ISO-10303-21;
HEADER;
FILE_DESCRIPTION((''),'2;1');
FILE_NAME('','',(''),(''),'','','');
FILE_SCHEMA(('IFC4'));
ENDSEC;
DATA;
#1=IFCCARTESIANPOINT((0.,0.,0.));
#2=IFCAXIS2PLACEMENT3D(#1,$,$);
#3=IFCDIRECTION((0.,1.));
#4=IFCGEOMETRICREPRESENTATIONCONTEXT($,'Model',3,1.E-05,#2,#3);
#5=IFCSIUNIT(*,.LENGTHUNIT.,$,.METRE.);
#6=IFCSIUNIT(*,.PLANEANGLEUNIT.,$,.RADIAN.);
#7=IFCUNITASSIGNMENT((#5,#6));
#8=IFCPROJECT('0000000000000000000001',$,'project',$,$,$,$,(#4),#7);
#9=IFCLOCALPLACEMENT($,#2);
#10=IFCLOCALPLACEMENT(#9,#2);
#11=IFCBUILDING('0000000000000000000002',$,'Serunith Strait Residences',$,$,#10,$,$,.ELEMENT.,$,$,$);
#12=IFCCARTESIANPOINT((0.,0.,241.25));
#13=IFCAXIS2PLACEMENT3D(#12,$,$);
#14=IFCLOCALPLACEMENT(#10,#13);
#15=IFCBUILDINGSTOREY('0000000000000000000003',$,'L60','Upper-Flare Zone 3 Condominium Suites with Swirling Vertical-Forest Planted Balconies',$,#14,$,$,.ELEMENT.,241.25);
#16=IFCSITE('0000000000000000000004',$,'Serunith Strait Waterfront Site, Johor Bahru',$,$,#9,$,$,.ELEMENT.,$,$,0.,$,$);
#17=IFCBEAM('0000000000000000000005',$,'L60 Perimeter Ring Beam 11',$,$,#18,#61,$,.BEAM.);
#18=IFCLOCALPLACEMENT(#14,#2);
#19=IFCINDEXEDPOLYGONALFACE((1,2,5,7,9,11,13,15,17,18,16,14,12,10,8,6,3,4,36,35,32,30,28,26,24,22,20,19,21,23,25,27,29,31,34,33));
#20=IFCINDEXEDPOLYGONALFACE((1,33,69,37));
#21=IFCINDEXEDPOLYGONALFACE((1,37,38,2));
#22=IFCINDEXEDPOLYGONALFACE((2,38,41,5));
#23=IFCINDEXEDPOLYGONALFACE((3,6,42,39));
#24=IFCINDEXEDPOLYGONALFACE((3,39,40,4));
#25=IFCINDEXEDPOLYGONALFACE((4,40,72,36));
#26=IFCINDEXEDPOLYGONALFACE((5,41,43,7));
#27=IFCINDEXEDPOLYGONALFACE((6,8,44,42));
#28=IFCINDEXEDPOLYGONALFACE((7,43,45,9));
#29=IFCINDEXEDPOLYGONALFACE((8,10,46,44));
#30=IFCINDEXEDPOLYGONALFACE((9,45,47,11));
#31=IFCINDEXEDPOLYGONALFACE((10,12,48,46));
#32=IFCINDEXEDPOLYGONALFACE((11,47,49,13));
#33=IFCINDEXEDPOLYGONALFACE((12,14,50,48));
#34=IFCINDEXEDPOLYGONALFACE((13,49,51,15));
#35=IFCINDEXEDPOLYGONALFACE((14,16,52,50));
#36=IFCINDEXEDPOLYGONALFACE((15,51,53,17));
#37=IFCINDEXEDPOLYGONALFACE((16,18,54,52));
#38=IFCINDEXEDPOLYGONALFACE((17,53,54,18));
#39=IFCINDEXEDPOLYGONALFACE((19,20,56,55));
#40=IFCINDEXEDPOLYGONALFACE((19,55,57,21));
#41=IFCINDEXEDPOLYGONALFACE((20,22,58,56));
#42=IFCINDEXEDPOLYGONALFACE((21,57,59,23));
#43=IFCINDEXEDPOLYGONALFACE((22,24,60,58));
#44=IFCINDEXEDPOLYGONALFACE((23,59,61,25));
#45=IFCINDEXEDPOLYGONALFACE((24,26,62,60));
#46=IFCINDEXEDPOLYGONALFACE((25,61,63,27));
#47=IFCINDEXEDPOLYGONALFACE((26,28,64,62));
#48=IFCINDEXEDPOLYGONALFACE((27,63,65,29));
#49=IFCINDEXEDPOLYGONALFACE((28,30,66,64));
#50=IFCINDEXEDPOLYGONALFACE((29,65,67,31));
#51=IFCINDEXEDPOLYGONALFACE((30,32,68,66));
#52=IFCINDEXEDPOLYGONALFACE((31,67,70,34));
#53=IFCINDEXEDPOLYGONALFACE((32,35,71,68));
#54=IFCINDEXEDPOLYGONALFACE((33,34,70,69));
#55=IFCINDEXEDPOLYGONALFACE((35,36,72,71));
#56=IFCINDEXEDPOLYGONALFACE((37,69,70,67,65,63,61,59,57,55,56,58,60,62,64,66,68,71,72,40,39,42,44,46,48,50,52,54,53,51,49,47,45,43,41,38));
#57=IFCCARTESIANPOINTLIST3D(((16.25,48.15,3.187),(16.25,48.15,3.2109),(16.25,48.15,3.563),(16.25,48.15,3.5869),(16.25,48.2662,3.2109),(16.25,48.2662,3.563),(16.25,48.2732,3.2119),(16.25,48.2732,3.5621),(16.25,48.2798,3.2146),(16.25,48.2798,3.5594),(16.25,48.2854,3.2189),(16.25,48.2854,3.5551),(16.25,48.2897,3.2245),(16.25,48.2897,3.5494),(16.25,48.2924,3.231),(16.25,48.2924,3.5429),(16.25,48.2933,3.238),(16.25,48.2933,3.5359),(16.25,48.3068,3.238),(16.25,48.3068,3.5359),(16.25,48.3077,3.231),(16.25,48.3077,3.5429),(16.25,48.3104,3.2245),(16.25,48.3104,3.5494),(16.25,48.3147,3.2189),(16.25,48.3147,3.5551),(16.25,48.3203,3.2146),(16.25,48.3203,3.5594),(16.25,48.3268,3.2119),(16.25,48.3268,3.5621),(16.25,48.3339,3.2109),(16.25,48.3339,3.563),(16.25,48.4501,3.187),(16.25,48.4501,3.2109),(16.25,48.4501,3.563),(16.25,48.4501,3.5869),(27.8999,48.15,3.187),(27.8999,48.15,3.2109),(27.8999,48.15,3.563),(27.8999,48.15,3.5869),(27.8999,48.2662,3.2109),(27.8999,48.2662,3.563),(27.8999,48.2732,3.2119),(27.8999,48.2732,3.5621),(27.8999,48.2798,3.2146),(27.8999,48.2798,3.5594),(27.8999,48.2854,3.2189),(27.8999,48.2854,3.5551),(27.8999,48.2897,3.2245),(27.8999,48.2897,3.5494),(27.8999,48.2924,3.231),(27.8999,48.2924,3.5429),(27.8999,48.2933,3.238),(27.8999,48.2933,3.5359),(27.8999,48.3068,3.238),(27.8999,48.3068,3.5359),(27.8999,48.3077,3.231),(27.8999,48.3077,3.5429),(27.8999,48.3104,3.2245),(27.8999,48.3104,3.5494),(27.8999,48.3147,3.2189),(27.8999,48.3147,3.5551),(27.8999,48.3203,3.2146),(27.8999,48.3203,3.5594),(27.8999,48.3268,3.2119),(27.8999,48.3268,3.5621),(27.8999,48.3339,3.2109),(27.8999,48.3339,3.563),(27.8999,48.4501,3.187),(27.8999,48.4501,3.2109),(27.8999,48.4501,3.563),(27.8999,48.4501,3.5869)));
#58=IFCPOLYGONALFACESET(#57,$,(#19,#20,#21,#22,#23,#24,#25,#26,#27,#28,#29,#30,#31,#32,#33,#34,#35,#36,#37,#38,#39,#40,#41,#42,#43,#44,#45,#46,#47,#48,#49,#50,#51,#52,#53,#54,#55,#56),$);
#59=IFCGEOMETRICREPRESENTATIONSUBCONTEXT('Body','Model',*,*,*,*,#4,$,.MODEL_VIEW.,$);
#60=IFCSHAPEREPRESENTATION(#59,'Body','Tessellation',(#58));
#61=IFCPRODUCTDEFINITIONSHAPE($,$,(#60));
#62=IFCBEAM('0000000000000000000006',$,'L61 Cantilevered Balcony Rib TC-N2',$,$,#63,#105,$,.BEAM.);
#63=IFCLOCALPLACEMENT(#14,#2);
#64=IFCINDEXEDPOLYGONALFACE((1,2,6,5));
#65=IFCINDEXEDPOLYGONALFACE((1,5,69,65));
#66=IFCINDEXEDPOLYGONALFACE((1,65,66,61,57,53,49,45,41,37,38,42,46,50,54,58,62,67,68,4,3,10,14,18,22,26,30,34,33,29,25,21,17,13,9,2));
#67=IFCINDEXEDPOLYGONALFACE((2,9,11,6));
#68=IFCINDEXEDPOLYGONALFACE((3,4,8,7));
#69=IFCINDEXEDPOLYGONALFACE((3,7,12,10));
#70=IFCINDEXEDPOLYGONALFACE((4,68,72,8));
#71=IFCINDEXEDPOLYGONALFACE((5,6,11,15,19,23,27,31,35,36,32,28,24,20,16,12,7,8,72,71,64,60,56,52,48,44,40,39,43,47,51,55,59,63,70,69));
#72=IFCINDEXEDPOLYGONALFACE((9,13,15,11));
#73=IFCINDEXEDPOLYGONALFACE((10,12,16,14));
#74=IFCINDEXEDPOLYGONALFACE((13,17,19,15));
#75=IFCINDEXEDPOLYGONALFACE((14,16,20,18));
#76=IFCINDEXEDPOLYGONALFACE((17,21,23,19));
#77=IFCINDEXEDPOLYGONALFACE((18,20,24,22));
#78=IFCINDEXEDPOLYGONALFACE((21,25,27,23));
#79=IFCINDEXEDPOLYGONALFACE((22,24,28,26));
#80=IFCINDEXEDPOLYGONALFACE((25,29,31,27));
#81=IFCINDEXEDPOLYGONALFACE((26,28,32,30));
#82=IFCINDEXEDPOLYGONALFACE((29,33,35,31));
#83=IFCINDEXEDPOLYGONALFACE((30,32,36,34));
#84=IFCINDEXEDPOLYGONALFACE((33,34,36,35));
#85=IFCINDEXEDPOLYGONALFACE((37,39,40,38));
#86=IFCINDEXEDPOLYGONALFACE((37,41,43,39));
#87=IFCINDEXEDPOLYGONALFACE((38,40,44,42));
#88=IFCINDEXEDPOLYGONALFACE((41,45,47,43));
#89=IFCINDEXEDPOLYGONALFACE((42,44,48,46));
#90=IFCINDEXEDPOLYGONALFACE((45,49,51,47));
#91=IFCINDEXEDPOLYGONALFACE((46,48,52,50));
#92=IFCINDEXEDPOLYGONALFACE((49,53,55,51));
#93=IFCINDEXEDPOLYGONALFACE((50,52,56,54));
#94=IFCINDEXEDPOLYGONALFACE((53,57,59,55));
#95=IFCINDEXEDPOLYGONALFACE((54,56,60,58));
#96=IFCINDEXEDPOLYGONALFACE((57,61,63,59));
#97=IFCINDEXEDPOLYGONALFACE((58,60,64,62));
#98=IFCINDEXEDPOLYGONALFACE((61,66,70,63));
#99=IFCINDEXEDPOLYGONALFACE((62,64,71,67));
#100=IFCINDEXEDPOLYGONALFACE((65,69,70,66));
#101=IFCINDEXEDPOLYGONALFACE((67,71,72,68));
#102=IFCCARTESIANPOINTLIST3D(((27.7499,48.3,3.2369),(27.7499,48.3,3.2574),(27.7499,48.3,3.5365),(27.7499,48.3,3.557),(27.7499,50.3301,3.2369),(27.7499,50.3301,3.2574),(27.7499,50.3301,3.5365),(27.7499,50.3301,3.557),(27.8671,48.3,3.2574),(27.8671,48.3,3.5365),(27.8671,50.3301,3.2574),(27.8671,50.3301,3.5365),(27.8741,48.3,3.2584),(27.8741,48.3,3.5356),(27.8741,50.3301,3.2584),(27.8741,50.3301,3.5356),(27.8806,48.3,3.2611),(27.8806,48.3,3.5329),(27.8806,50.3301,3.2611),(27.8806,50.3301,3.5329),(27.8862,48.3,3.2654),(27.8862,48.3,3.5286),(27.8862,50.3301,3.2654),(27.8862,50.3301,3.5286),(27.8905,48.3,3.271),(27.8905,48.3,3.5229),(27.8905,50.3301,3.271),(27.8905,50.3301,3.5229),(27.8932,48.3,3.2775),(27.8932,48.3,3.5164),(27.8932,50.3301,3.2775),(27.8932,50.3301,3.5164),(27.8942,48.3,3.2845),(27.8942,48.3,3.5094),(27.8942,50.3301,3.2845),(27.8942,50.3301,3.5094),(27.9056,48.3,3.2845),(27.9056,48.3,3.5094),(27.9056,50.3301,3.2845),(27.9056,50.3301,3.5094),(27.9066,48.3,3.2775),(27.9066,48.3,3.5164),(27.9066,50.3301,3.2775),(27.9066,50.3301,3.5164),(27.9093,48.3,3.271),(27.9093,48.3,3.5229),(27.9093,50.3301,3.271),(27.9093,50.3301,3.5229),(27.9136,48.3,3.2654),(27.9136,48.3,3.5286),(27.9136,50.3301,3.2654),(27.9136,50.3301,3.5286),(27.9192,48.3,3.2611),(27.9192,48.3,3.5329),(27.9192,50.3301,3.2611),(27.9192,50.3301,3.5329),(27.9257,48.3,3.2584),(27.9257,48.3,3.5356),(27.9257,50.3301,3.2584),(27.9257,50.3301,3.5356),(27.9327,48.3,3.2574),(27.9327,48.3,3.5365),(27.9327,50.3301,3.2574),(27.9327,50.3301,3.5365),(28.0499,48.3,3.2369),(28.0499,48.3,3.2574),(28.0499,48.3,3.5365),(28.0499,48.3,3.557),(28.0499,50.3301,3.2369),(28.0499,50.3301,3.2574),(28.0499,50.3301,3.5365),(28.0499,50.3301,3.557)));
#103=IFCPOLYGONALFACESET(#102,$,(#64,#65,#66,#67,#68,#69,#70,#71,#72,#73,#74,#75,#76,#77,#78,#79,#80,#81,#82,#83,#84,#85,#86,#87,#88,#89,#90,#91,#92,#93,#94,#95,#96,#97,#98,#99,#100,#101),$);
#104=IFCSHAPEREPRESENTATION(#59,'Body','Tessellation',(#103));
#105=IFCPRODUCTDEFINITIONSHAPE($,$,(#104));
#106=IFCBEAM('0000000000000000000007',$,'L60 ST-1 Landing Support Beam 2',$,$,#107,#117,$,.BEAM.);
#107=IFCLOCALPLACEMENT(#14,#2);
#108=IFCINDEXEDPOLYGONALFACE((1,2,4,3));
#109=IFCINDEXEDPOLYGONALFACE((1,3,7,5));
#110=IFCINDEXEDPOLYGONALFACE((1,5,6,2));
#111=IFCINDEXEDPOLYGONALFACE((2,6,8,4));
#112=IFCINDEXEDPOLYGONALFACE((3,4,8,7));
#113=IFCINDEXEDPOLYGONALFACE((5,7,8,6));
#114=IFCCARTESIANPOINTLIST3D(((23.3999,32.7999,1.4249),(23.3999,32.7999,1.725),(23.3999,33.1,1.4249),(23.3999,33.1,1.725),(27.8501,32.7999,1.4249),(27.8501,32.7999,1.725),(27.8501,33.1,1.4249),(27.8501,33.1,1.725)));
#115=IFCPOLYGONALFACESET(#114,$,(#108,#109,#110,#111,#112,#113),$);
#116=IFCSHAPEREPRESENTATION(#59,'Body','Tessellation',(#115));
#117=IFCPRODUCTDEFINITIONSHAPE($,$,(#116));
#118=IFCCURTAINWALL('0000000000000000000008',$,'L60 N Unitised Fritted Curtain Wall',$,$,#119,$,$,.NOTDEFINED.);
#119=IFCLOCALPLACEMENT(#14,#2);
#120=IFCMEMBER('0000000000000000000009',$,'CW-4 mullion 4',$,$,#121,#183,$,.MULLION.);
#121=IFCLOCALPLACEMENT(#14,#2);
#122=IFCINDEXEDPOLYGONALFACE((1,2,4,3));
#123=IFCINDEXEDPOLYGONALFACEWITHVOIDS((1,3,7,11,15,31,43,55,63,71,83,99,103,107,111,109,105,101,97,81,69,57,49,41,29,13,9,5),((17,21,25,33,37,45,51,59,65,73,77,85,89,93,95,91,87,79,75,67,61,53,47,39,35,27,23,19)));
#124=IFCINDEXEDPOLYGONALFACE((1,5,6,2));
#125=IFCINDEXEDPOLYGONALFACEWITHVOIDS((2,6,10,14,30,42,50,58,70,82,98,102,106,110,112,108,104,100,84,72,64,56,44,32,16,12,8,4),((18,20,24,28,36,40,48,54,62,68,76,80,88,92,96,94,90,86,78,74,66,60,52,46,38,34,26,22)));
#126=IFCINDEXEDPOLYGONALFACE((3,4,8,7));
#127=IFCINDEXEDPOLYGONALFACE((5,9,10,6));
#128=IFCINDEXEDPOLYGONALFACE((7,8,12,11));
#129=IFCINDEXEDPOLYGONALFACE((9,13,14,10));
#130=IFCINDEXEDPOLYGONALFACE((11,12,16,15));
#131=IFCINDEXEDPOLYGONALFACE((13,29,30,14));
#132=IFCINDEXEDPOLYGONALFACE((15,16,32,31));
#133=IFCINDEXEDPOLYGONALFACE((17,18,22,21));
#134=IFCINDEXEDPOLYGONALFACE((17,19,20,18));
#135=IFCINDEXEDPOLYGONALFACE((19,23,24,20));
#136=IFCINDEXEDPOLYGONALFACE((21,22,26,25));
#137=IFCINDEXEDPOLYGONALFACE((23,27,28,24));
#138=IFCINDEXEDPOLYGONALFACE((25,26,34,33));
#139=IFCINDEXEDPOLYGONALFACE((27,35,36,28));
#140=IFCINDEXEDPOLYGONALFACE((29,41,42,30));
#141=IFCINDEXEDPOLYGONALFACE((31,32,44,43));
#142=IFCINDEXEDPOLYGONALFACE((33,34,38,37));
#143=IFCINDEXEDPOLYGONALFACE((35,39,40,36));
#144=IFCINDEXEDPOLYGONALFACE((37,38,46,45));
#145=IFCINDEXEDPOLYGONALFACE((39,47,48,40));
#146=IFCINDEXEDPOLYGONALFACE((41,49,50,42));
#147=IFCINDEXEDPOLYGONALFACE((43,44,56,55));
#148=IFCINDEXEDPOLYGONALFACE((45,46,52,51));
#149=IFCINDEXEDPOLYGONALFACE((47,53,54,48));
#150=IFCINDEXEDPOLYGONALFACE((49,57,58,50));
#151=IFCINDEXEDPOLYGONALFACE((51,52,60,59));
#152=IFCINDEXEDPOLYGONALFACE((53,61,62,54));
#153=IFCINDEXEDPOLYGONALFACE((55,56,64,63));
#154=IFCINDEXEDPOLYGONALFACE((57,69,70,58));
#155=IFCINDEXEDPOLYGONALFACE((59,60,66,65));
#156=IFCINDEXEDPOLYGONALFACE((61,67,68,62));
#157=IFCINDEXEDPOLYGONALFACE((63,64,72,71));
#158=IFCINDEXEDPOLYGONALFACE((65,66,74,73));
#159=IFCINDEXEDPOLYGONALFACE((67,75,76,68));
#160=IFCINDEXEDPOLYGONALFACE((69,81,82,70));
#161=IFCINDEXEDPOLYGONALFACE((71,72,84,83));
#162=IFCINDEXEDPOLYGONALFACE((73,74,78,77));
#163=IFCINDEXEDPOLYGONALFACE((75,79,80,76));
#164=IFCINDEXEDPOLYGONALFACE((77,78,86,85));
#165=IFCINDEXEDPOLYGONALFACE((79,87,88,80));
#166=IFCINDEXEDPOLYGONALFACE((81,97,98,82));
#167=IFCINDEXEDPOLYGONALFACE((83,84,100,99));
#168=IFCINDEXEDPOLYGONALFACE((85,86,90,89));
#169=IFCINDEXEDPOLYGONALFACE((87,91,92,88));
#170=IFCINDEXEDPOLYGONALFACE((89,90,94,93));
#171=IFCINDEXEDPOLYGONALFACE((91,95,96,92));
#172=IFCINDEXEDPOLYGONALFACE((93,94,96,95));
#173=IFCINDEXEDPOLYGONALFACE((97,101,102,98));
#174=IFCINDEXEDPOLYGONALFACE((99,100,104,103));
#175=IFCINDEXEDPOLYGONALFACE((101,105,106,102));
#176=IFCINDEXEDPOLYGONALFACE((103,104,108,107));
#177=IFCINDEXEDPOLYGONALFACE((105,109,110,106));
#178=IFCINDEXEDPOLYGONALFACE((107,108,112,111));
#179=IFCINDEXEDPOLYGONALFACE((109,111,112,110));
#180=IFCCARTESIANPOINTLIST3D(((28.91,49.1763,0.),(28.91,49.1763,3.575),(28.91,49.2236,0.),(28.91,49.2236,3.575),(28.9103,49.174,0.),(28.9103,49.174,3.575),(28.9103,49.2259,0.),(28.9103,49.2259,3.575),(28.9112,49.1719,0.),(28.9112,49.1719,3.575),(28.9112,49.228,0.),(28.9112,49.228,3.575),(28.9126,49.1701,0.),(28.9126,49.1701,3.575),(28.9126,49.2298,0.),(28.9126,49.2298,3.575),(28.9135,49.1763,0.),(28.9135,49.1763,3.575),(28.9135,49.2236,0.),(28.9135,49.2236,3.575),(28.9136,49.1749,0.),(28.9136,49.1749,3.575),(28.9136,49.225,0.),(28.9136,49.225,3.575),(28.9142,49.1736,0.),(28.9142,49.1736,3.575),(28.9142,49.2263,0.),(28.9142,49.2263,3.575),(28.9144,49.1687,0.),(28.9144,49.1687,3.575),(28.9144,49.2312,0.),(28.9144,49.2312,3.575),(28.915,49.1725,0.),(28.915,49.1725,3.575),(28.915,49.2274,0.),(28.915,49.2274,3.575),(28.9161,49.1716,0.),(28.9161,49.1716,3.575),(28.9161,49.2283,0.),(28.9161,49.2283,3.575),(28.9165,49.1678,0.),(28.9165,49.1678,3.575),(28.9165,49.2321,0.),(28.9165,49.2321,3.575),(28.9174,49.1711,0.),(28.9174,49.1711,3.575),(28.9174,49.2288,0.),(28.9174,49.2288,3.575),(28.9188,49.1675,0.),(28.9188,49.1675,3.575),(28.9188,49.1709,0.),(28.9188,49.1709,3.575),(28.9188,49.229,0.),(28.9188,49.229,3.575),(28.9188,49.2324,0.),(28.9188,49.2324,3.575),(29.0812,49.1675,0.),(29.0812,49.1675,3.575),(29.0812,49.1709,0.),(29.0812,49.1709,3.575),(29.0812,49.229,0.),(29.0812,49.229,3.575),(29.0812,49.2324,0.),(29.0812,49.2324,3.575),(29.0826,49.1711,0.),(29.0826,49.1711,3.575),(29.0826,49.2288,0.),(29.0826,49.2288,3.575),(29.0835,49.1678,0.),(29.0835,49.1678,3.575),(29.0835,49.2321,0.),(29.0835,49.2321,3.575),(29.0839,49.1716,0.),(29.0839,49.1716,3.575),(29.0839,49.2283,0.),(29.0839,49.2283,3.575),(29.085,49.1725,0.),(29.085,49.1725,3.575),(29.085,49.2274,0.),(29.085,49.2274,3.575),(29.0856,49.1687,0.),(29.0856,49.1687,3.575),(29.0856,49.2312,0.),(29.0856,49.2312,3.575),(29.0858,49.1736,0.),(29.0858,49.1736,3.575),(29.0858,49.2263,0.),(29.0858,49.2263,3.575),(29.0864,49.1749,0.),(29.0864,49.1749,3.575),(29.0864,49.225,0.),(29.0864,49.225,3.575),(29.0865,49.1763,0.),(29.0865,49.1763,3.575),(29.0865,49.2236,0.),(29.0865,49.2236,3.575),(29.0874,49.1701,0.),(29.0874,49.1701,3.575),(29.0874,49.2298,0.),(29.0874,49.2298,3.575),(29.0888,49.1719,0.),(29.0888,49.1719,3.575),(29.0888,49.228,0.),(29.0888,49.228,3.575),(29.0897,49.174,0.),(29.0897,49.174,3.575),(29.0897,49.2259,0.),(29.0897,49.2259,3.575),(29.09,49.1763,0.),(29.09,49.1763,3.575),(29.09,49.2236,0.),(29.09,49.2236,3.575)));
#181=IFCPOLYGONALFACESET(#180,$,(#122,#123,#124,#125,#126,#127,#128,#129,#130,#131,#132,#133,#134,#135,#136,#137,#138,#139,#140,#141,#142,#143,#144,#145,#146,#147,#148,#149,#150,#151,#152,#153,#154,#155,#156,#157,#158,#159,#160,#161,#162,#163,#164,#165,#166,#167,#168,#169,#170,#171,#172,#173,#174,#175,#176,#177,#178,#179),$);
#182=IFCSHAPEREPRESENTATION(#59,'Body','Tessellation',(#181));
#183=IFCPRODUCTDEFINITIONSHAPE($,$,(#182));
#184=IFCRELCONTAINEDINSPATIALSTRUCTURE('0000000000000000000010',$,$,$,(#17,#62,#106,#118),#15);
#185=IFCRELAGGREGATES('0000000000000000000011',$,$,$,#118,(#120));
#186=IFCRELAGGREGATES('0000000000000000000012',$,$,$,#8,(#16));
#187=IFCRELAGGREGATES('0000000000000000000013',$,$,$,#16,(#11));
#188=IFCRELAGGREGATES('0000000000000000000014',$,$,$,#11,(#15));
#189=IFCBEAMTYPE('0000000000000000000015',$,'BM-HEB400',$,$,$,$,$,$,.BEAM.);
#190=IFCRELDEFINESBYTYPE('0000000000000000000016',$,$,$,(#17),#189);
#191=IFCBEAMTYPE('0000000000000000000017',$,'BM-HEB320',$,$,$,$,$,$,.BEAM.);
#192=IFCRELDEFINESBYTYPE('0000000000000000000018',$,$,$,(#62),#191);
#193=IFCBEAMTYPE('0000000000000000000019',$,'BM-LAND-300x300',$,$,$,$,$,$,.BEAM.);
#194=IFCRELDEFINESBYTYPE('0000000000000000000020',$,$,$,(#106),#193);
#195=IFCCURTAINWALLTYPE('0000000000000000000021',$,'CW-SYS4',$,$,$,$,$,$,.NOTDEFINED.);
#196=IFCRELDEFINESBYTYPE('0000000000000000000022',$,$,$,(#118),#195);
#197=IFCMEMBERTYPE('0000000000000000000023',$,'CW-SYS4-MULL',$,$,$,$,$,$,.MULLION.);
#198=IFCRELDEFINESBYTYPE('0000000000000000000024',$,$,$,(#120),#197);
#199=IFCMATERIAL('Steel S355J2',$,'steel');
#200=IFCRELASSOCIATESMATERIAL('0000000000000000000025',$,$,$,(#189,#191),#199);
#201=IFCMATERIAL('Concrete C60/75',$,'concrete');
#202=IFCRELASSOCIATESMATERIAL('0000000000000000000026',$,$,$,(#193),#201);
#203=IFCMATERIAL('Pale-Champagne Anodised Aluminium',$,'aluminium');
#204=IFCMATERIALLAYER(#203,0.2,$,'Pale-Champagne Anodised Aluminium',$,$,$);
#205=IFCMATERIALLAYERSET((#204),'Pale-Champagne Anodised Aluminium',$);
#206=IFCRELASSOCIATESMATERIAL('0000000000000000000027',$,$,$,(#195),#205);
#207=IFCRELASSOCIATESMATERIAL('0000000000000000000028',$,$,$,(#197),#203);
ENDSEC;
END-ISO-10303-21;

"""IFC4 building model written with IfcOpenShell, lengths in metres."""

from ifc_helpers import new_model, si_unit, direction, frame, origin, origin_2d, place, context, subcontext, project, spatial, rectangle, hollow_rectangle, i_section, extrude, source, transform, mapped, material, layer, layer_set, material_profile, profile_set, type_object, element, aggregate, save


model = new_model("IFC4")

# Units and contexts
model_context = context("Model", 3, precision=1e-05, world=origin(), true_north=direction((0.0, 1.0)))
body_context = subcontext(model_context, "Body", "Model", "MODEL_VIEW")
ifc_project = project(units=[si_unit("LENGTHUNIT", "METRE"), si_unit("PLANEANGLEUNIT", "RADIAN")], contexts=[model_context])

# Site, building, storey
site_placement = place(None, origin())
site = spatial("IfcSite", under=ifc_project, at=site_placement, Name="Serunith Strait Waterfront Site, Johor Bahru", CompositionType="ELEMENT", RefElevation=0.0)
building_placement = place(site_placement, origin())
building = spatial("IfcBuilding", under=site, at=building_placement, Name="Serunith Strait Residences", CompositionType="ELEMENT")
storey_placement = place(building_placement, frame((0.0, 0.0, 241.25)))
storey = spatial("IfcBuildingStorey", under=building, at=storey_placement, Name="L60", Description="Upper-Flare Zone 3 Condominium Suites with Swirling Vertical-Forest Planted Balconies", CompositionType="ELEMENT", Elevation=241.25)

# Beams
ifc_material_1 = material(Name="Steel S355J2", Category="steel")
ifc_material_profile_1 = material_profile(ifc_material_1, i_section(OverallWidth=0.3, OverallDepth=0.3999, WebThickness=0.0134, FlangeThickness=0.0239, FilletRadius=0.0271, at=origin_2d()), Name="HEB 400")
ifc_profile_set_1 = profile_set([ifc_material_profile_1], Name="Steel S355J2")
beam_type_1 = type_object("IfcBeamType", Name="BM-HEB400", PredefinedType="BEAM", material=ifc_profile_set_1)
shared_shape_1 = source(origin(), body_context, "Body", "SweptSolid", [
    extrude(i_section(OverallWidth=0.3, OverallDepth=0.3999, WebThickness=0.0134, FlangeThickness=0.0239, FilletRadius=0.0271, at=origin_2d()), origin(), (0.0, 0.0, 1.0), 11.6499),
])
beam_1_placement = place(storey_placement, frame((27.8999, 48.3, 3.387), z_axis=(-1.0, 0.0, 0.0), x_axis=(0.0, -1.0, 0.0)))
element("IfcBeam", 1, at=beam_1_placement, inside=storey, type_object=beam_type_1, Name="L60 Perimeter Ring Beam 11", PredefinedType="BEAM", context=body_context, shape_type="MappedRepresentation", body=[
    mapped(shared_shape_1, transform((0.0, 0.0, 0.0), scale=1.0)),
])
ifc_material_profile_2 = material_profile(ifc_material_1, i_section(OverallWidth=0.3, OverallDepth=0.3201, WebThickness=0.0115, FlangeThickness=0.0205, FilletRadius=0.0271, at=origin_2d()), Name="HEB 320")
ifc_profile_set_2 = profile_set([ifc_material_profile_2], Name="Steel S355J2")
beam_type_2 = type_object("IfcBeamType", Name="BM-HEB320", PredefinedType="BEAM", material=ifc_profile_set_2)
shared_shape_2 = source(origin(), body_context, "Body", "SweptSolid", [
    extrude(i_section(OverallWidth=0.3, OverallDepth=0.3201, WebThickness=0.0115, FlangeThickness=0.0205, FilletRadius=0.0271, at=origin_2d()), origin(), (0.0, 0.0, 1.0), 2.03),
])
beam_2_placement = place(storey_placement, frame((27.8999, 48.3, 3.397), z_axis=(0.0, 1.0, 0.0), x_axis=(-1.0, 0.0, 0.0)))
element("IfcBeam", 2, at=beam_2_placement, inside=storey, type_object=beam_type_2, Name="L61 Cantilevered Balcony Rib TC-N2", PredefinedType="BEAM", context=body_context, shape_type="MappedRepresentation", body=[
    mapped(shared_shape_2, transform((0.0, 0.0, 0.0), scale=1.0)),
])
ifc_material_2 = material(Name="Concrete C60/75", Category="concrete")
ifc_material_profile_3 = material_profile(ifc_material_2, rectangle(XDim=0.3, YDim=0.3, at=origin_2d()), Name="RC 300x300")
ifc_profile_set_3 = profile_set([ifc_material_profile_3], Name="Concrete C60/75")
beam_type_3 = type_object("IfcBeamType", Name="BM-LAND-300x300", PredefinedType="BEAM", material=ifc_profile_set_3)
shared_shape_3 = source(origin(), body_context, "Body", "SweptSolid", [
    extrude(rectangle(XDim=0.3, YDim=0.3, at=origin_2d()), origin(), (0.0, 0.0, 1.0), 4.4502),
])
beam_3_placement = place(storey_placement, frame((23.3999, 32.95, 1.575), z_axis=(1.0, 0.0, 0.0), x_axis=(0.0, 1.0, 0.0)))
element("IfcBeam", 3, at=beam_3_placement, inside=storey, type_object=beam_type_3, Name="L60 ST-1 Landing Support Beam 2", PredefinedType="BEAM", context=body_context, shape_type="MappedRepresentation", body=[
    mapped(shared_shape_3, transform((0.0, 0.0, 0.0), scale=1.0)),
])

# Curtain wall, member
ifc_material_3 = material(Name="Pale-Champagne Anodised Aluminium", Category="aluminium")
ifc_layer_1 = layer(ifc_material_3, 0.2, Name="Pale-Champagne Anodised Aluminium")
ifc_layer_set_1 = layer_set([ifc_layer_1], Name="Pale-Champagne Anodised Aluminium")
curtain_wall_type = type_object("IfcCurtainWallType", Name="CW-SYS4", PredefinedType="NOTDEFINED", material=ifc_layer_set_1)
curtain_wall_placement = place(storey_placement, origin())
curtain_wall = element("IfcCurtainWall", 4, at=curtain_wall_placement, inside=storey, type_object=curtain_wall_type, Name="L60 N Unitised Fritted Curtain Wall", PredefinedType="NOTDEFINED")
ifc_material_profile_4 = material_profile(ifc_material_3, hollow_rectangle(XDim=0.0649, YDim=0.1799, WallThickness=0.0034, InnerFilletRadius=0.0054, OuterFilletRadius=0.0088, at=origin_2d()), Name="ALU 180x65x3.5")
ifc_profile_set_4 = profile_set([ifc_material_profile_4], Name="Pale-Champagne Anodised Aluminium")
member_type_1 = type_object("IfcMemberType", Name="CW-SYS4-MULL", PredefinedType="MULLION", material=ifc_profile_set_4)
shared_shape_4 = source(origin(), body_context, "Body", "SweptSolid", [
    extrude(hollow_rectangle(XDim=0.0649, YDim=0.1799, WallThickness=0.0034, InnerFilletRadius=0.0054, OuterFilletRadius=0.0088, at=origin_2d()), origin(), (0.0, 0.0, 1.0), 3.575),
])
member_1_placement = place(storey_placement, frame((29.0, 49.2, 0.0), z_axis=(0.0, 0.0, 1.0), x_axis=(0.0, -1.0, 0.0)))
member_1 = element("IfcMember", 5, at=member_1_placement, type_object=member_type_1, Name="CW-4 mullion 4", PredefinedType="MULLION", context=body_context, shape_type="MappedRepresentation", body=[
    mapped(shared_shape_4, transform((0.0, 0.0, 0.0), scale=1.0)),
])
aggregate(curtain_wall, [member_1])

save(model, "model.ifc")
